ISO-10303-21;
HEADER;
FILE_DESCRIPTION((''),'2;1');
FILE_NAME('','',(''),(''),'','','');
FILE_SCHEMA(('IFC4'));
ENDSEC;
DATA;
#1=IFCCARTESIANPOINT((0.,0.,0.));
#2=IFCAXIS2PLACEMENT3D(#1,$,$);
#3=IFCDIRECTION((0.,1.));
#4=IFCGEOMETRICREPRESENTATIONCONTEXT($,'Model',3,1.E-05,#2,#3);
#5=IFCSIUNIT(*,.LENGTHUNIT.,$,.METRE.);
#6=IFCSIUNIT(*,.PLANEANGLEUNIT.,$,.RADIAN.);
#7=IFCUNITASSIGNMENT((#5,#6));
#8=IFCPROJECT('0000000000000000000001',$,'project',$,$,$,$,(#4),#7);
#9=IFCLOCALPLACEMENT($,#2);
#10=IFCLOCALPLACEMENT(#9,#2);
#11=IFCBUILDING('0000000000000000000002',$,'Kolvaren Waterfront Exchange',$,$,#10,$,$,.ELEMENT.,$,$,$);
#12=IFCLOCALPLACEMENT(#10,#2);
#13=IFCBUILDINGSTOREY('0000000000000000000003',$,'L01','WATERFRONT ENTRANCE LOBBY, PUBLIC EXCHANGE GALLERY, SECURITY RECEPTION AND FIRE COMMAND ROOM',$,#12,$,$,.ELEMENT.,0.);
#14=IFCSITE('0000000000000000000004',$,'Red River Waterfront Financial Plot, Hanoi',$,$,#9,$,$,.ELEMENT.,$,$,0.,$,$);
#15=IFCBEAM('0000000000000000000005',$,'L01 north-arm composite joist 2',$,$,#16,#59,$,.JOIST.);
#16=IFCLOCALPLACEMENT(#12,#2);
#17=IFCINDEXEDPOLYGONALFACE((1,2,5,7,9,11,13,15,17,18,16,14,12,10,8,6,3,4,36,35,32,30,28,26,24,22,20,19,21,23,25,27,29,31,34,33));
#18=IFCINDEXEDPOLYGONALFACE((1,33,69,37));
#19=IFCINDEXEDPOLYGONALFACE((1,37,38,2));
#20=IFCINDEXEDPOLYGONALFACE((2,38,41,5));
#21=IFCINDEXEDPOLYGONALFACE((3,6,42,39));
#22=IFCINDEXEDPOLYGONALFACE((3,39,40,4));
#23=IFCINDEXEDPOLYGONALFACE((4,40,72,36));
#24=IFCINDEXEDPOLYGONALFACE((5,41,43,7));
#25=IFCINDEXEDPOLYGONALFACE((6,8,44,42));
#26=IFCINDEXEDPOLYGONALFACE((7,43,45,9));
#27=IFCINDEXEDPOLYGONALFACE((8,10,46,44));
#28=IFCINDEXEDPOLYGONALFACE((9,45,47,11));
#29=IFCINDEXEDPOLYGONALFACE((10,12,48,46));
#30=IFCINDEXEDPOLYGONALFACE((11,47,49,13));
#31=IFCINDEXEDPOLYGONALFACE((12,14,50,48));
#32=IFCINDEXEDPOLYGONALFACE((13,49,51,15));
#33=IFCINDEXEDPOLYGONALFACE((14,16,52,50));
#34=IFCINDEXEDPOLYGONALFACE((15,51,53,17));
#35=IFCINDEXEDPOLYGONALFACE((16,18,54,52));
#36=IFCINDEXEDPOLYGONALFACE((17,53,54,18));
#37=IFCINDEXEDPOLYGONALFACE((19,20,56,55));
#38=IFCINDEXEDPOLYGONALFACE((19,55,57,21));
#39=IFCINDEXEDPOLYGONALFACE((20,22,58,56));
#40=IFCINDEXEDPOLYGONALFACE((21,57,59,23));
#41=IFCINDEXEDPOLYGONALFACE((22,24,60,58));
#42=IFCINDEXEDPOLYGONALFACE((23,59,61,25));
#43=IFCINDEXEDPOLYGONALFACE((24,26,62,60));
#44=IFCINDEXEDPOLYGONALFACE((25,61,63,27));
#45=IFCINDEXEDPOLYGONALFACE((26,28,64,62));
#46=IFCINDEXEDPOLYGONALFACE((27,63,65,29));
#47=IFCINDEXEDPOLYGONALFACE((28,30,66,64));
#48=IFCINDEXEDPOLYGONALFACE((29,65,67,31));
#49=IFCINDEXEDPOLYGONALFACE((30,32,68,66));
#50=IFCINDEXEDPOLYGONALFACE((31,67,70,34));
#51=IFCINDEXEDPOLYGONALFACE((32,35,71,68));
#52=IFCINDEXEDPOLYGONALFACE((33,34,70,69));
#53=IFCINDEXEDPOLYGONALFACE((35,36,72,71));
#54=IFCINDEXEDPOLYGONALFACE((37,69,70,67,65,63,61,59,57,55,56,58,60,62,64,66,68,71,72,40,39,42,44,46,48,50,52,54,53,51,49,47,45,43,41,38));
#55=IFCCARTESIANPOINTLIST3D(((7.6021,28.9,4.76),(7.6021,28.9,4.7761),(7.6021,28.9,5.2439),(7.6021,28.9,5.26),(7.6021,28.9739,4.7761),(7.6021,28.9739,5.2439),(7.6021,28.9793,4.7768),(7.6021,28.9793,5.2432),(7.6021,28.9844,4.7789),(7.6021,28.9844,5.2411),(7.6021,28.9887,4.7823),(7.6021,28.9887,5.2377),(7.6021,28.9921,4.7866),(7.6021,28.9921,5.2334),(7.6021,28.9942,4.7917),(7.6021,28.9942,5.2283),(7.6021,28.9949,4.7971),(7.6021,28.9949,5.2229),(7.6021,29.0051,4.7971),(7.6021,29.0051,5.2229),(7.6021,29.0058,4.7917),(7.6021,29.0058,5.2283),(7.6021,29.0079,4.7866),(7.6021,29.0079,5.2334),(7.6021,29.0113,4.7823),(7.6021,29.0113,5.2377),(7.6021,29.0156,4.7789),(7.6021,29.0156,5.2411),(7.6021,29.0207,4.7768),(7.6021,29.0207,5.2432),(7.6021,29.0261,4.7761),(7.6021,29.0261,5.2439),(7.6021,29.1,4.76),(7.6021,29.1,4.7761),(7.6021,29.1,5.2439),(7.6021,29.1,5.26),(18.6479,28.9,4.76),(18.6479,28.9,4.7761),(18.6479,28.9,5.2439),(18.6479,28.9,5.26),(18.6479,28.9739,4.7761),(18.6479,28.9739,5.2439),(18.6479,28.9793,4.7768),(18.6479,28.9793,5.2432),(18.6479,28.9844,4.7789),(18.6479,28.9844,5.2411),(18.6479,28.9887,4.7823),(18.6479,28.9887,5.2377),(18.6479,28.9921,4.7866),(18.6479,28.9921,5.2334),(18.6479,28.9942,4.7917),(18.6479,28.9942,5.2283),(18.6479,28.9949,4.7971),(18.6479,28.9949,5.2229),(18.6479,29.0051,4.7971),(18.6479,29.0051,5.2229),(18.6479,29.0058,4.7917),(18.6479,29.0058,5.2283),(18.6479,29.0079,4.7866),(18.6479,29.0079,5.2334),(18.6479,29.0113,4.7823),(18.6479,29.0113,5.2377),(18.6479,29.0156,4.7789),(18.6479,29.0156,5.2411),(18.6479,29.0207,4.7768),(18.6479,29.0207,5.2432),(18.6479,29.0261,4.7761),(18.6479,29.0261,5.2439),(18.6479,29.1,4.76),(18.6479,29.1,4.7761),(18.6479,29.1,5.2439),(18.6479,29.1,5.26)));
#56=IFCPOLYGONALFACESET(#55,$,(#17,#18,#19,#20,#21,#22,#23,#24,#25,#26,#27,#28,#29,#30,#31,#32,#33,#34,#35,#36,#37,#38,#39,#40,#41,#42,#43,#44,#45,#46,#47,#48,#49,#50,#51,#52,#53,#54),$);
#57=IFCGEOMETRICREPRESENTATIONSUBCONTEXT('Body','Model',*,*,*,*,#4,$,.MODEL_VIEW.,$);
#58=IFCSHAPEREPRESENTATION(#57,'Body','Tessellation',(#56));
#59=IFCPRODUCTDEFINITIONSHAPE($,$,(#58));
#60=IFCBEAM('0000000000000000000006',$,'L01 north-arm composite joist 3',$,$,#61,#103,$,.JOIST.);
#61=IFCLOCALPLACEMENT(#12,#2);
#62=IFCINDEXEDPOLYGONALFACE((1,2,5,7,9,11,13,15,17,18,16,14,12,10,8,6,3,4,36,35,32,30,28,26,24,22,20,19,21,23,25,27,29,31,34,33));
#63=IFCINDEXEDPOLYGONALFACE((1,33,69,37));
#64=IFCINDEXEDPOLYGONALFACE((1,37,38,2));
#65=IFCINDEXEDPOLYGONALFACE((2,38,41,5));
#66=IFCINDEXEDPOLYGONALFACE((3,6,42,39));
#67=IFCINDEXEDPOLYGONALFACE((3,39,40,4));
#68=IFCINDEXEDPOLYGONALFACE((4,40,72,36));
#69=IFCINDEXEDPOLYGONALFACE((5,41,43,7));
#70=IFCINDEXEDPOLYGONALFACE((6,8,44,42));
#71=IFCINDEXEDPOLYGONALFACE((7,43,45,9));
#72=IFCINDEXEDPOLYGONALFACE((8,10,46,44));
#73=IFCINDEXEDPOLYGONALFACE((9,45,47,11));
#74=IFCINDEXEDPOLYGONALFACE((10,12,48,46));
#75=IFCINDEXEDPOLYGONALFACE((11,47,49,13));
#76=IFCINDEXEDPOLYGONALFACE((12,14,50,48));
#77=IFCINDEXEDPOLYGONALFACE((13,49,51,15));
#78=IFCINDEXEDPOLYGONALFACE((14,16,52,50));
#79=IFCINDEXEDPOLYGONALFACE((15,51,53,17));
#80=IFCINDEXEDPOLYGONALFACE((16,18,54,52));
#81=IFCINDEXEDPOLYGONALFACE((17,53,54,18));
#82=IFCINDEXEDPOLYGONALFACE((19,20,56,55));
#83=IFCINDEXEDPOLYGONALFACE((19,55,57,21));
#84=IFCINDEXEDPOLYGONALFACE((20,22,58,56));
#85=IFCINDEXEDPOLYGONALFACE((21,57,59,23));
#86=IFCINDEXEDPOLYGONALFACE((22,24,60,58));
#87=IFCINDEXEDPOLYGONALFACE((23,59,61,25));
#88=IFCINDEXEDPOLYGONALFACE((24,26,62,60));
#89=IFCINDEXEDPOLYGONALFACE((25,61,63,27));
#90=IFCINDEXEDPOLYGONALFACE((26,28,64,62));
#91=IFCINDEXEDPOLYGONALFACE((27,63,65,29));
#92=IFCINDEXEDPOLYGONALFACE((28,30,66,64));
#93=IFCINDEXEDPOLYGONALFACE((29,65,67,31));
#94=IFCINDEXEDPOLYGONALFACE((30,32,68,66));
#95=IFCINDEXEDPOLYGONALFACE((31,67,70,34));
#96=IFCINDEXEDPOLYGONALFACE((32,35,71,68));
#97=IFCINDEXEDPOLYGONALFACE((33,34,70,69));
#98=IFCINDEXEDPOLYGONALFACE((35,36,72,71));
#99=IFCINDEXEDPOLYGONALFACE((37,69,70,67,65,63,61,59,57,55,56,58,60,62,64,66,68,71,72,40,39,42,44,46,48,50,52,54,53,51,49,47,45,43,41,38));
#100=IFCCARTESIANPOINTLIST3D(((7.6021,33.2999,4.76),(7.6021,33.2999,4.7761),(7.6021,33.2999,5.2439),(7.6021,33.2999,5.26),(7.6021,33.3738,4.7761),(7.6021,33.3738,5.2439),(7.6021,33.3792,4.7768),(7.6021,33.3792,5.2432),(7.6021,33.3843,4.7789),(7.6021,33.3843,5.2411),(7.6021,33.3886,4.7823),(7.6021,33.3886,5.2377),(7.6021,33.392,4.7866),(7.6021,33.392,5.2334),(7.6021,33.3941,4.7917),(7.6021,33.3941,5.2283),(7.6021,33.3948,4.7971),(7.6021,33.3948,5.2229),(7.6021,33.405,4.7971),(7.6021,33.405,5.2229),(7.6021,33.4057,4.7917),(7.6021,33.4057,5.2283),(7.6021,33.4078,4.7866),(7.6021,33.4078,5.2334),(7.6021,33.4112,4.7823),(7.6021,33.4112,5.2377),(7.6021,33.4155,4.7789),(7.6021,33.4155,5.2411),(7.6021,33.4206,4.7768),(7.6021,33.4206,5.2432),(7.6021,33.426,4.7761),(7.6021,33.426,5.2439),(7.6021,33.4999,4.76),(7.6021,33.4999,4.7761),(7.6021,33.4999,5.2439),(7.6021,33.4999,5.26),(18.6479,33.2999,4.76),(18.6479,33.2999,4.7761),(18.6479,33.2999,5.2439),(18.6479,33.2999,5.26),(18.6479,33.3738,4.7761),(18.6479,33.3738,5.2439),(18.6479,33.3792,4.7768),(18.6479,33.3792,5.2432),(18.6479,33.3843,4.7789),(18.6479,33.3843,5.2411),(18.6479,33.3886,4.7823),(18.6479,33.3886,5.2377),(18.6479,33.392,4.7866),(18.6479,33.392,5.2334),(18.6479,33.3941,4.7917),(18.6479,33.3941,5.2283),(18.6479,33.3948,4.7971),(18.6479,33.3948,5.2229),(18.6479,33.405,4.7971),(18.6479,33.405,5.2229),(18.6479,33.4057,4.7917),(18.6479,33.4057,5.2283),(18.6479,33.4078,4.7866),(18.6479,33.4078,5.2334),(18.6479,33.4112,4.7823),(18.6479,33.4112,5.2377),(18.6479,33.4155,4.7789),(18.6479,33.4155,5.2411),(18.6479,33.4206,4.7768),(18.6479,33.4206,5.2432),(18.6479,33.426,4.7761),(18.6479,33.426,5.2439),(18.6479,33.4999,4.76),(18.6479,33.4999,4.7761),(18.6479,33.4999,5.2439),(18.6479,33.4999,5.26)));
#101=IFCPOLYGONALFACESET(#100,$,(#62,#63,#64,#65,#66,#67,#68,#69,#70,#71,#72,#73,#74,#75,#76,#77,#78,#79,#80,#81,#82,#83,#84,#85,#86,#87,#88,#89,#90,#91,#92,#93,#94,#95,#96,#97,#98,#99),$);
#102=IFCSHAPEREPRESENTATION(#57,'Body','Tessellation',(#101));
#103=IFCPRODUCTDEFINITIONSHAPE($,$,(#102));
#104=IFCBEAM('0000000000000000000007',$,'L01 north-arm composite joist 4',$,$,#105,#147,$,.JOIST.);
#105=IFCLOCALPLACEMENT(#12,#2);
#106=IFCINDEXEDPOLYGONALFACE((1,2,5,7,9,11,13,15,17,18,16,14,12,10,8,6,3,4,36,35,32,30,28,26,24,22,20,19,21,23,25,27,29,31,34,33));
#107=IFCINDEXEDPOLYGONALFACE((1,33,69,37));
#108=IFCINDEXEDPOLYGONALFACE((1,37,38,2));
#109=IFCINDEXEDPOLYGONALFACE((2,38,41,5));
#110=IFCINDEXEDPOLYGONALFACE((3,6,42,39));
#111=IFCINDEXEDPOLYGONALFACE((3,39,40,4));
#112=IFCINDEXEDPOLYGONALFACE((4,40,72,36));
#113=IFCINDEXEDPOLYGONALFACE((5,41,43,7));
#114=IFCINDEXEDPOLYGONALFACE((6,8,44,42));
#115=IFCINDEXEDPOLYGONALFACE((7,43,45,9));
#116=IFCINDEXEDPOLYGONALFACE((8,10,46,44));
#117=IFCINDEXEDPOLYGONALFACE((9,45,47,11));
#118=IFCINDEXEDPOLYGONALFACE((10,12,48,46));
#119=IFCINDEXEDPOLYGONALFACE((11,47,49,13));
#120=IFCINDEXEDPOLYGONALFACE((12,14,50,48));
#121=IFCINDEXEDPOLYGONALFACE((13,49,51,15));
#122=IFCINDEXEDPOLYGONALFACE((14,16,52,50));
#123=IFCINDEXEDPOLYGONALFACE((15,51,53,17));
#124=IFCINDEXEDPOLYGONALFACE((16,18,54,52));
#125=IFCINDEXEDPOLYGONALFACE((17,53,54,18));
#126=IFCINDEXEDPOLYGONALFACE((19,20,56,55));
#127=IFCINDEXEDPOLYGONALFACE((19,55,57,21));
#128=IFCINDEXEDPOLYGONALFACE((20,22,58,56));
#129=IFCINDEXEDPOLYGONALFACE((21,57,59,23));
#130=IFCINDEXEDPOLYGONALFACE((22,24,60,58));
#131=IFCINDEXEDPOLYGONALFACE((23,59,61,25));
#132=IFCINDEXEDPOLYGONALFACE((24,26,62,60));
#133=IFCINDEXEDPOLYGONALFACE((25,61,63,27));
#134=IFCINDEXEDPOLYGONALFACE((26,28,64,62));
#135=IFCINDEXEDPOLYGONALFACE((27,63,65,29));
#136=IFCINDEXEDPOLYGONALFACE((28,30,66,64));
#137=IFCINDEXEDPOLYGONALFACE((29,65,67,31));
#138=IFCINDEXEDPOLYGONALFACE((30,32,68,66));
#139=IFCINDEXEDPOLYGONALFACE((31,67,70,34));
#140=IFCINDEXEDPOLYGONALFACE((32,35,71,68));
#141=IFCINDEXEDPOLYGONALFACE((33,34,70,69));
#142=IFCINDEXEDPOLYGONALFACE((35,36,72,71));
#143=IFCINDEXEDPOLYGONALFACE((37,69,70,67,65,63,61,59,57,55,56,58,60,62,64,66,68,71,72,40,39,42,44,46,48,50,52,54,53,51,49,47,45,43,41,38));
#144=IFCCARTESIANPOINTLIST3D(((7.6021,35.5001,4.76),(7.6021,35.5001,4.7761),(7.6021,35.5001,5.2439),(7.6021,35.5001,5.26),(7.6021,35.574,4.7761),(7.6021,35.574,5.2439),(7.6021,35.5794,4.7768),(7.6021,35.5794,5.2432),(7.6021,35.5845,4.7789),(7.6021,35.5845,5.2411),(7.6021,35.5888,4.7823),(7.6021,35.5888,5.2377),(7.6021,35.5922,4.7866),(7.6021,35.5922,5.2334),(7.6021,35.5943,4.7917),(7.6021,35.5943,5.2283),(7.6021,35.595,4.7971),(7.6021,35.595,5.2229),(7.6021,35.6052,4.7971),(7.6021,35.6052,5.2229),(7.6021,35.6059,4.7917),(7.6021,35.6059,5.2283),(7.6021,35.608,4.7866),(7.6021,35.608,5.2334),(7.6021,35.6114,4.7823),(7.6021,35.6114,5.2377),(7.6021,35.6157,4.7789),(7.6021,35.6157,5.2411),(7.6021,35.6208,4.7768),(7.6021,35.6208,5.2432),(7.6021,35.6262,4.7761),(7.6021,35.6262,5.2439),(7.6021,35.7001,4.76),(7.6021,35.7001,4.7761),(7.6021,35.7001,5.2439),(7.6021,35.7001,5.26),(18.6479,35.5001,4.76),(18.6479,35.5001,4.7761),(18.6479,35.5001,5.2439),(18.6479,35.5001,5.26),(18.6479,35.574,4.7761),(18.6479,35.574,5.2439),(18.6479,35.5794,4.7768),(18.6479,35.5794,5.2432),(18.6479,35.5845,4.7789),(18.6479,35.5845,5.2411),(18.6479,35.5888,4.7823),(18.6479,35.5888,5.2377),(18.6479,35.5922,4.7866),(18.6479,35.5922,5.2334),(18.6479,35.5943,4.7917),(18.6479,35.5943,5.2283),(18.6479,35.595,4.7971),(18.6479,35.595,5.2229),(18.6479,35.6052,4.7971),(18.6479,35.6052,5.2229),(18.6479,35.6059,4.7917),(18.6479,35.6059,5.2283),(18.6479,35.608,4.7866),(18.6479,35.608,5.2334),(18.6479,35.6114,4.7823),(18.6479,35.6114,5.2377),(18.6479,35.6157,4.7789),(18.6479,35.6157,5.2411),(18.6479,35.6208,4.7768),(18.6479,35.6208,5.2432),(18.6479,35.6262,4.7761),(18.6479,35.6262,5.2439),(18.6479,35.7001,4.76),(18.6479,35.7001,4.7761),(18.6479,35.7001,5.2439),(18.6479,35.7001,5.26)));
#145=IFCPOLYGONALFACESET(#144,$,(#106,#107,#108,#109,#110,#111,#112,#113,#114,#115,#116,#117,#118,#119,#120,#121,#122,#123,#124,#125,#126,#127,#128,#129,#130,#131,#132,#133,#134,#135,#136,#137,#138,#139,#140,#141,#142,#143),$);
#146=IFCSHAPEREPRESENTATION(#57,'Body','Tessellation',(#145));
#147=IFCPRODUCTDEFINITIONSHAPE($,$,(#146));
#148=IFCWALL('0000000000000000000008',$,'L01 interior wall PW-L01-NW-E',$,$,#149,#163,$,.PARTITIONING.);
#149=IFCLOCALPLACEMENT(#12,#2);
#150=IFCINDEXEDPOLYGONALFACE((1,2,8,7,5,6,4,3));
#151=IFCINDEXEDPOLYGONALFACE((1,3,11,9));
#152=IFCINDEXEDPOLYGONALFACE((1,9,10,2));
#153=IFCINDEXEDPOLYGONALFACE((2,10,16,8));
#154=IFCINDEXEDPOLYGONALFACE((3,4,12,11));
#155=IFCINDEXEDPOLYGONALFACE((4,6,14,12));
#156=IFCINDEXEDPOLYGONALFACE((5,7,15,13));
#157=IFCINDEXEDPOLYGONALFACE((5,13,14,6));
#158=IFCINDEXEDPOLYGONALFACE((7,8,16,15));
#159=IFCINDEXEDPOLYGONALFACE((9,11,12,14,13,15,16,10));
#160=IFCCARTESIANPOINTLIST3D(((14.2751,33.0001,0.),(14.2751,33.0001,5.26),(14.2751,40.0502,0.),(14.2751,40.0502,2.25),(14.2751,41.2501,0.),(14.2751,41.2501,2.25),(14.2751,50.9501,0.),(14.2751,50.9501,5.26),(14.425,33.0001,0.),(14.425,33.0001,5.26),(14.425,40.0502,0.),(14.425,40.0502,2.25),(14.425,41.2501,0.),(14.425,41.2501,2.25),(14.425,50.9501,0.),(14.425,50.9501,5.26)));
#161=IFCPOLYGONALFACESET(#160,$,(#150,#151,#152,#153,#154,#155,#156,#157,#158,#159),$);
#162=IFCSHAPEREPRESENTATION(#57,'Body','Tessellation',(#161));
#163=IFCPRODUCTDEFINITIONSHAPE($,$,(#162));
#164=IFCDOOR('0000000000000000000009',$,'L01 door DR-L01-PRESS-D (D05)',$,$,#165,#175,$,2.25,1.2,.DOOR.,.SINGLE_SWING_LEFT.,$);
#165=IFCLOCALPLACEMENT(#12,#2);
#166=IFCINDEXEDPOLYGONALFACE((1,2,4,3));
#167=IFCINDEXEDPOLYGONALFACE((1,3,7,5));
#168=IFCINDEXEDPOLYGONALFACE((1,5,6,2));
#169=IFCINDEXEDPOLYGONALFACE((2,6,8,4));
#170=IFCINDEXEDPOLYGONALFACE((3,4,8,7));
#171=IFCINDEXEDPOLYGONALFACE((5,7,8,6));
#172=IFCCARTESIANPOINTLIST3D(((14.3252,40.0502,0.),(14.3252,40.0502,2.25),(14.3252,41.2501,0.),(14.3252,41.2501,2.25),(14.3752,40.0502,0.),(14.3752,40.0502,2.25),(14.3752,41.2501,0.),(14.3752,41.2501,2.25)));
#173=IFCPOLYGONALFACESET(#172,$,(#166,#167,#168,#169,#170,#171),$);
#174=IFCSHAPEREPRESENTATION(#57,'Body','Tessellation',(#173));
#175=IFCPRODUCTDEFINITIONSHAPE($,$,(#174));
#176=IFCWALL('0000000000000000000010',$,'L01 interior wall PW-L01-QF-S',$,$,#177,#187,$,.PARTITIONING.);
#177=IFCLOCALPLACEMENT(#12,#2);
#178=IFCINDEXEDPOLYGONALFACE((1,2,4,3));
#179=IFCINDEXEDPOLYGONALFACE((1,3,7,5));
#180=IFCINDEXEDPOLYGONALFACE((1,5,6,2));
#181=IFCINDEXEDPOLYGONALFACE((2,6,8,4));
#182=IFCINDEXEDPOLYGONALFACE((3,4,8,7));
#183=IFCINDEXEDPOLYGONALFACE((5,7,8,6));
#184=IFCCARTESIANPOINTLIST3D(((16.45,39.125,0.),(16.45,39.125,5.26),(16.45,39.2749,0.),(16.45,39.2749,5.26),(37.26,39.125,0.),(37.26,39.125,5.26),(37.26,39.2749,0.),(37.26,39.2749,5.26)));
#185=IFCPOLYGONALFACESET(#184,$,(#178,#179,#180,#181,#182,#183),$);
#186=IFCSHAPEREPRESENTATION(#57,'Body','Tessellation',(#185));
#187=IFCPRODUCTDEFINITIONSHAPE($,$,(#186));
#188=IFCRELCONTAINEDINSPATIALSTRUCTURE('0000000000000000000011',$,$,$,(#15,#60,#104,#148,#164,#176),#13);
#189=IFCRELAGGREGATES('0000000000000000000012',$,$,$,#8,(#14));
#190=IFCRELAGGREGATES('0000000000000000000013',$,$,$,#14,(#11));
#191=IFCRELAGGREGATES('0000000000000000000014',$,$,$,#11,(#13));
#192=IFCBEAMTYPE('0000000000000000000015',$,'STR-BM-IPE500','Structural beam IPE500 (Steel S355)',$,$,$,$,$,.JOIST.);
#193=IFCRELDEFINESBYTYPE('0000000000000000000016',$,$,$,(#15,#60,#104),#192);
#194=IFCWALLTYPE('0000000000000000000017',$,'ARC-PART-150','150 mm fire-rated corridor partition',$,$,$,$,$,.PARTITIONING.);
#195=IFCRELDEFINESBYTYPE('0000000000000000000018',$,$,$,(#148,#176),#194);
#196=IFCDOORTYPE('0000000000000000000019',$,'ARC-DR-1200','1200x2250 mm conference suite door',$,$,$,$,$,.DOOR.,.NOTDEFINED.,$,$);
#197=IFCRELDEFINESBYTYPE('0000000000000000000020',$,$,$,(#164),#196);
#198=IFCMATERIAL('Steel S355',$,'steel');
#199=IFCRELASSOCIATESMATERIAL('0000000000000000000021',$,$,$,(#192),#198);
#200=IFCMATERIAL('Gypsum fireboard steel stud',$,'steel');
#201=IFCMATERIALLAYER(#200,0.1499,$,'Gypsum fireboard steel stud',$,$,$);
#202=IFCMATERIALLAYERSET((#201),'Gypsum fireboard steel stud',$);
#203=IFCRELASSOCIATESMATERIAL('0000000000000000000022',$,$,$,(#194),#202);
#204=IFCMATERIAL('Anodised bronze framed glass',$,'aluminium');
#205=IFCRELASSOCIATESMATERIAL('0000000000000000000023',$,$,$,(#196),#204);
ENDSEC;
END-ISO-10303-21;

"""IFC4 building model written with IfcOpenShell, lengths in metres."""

from ifc_helpers import new_model, si_unit, direction, frame, frame_2d, origin, origin_2d, place, context, subcontext, project, spatial, rectangle, i_section, extrude, material, layer, layer_set, material_profile, profile_set, type_object, element, fill, save


model = new_model("IFC4")

# Units and contexts
model_context = context("Model", 3, precision=1e-05, world=origin(), true_north=direction((0.0, 1.0)))
body_context = subcontext(model_context, "Body", "Model", "MODEL_VIEW")
ifc_project = project(units=[si_unit("LENGTHUNIT", "METRE"), si_unit("PLANEANGLEUNIT", "RADIAN")], contexts=[model_context])

# Site, building, storey
site_placement = place(None, origin())
site = spatial("IfcSite", under=ifc_project, at=site_placement, Name="Red River Waterfront Financial Plot, Hanoi", CompositionType="ELEMENT", RefElevation=0.0)
building_placement = place(site_placement, origin())
building = spatial("IfcBuilding", under=site, at=building_placement, Name="Kolvaren Waterfront Exchange", CompositionType="ELEMENT")
storey_placement = place(building_placement, origin())
storey = spatial("IfcBuildingStorey", under=building, at=storey_placement, Name="L01", Description="WATERFRONT ENTRANCE LOBBY, PUBLIC EXCHANGE GALLERY, SECURITY RECEPTION AND FIRE COMMAND ROOM", CompositionType="ELEMENT", Elevation=0.0)

# Beams
ifc_material_1 = material(Name="Steel S355", Category="steel")
ifc_material_profile_1 = material_profile(ifc_material_1, i_section(OverallWidth=0.2, OverallDepth=0.5, WebThickness=0.0103, FlangeThickness=0.0161, FilletRadius=0.021, at=origin_2d()), Name="IPE500")
ifc_profile_set_1 = profile_set([ifc_material_profile_1], Name="Steel S355")
beam_type_1 = type_object("IfcBeamType", Name="STR-BM-IPE500", Description="Structural beam IPE500 (Steel S355)", PredefinedType="JOIST", material=ifc_profile_set_1)
for number, where, z_axis, x_axis, name in (
    (1, (7.6021, 29.0, 5.01), (1.0, 0.0, 0.0), (0.0, 1.0, 0.0), "L01 north-arm composite joist 2"),
    (2, (7.6021, 33.3999, 5.01), (1.0, 0.0, 0.0), (0.0, 1.0, 0.0), "L01 north-arm composite joist 3"),
    (3, (7.6021, 35.6001, 5.01), (1.0, 0.0, 0.0), (0.0, 1.0, 0.0), "L01 north-arm composite joist 4"),
):
    element("IfcBeam", number, at=place(storey_placement, frame(where, z_axis=z_axis, x_axis=x_axis)), inside=storey, type_object=beam_type_1, Name=name, PredefinedType="JOIST", context=body_context, shape_type="SweptSolid", body=[
        extrude(i_section(OverallWidth=0.2, OverallDepth=0.5, WebThickness=0.0103, FlangeThickness=0.0161, FilletRadius=0.021, at=origin_2d()), origin(), (0.0, 0.0, 1.0), 11.0459),
    ])

# Wall, opening, door
ifc_material_2 = material(Name="Gypsum fireboard steel stud", Category="steel")
ifc_layer_1 = layer(ifc_material_2, 0.1499, Name="Gypsum fireboard steel stud")
ifc_layer_set_1 = layer_set([ifc_layer_1], Name="Gypsum fireboard steel stud")
wall_type_1 = type_object("IfcWallType", Name="ARC-PART-150", Description="150 mm fire-rated corridor partition", PredefinedType="PARTITIONING", material=ifc_layer_set_1)
wall_1_placement = place(storey_placement, frame((14.3501, 33.0, 0.0), z_axis=(0.0, 0.0, 1.0), x_axis=(0.0, 1.0, 0.0)))
wall_1 = element("IfcWall", 4, at=wall_1_placement, inside=storey, type_object=wall_type_1, Name="L01 interior wall PW-L01-NW-E", PredefinedType="PARTITIONING", context=body_context, shape_type="SweptSolid", body=[
    extrude(rectangle(XDim=17.95, YDim=0.1499, at=frame_2d((8.9751, 0.0))), origin(), (0.0, 0.0, 1.0), 5.26),
])
opening_1_placement = place(wall_1_placement, frame((7.05, 0.0, 0.0)))
opening_1 = element("IfcOpeningElement", 5, at=opening_1_placement, cuts=wall_1, PredefinedType="OPENING", context=body_context, shape_type="SweptSolid", body=[
    extrude(rectangle(XDim=1.2, YDim=2.25, at=frame_2d((0.6001, 1.125))), frame((0.0, 0.085, 0.0), z_axis=(0.0, -1.0, 0.0), x_axis=(1.0, 0.0, 0.0)), (0.0, 0.0, 1.0), 0.1699),
])
ifc_material_3 = material(Name="Anodised bronze framed glass", Category="aluminium")
door_type_1 = type_object("IfcDoorType", Name="ARC-DR-1200", Description="1200x2250 mm conference suite door", OperationType="NOTDEFINED", PredefinedType="DOOR", material=ifc_material_3)
door_1_placement = place(opening_1_placement, origin())
door_1 = element("IfcDoor", 6, at=door_1_placement, inside=storey, type_object=door_type_1, Name="L01 door DR-L01-PRESS-D (D05)", OperationType="SINGLE_SWING_LEFT", OverallHeight=2.25, OverallWidth=1.2, PredefinedType="DOOR", context=body_context, shape_type="SweptSolid", body=[
    extrude(rectangle(XDim=1.2, YDim=2.25, at=frame_2d((0.6001, 1.125))), frame((0.0, 0.0249, 0.0), z_axis=(0.0, -1.0, 0.0), x_axis=(1.0, 0.0, 0.0)), (0.0, 0.0, 1.0), 0.05),
])
fill(opening_1, door_1)

# Wall
wall_2_placement = place(storey_placement, frame((16.45, 39.2, 0.0), z_axis=(0.0, 0.0, 1.0), x_axis=(1.0, 0.0, 0.0)))
element("IfcWall", 7, at=wall_2_placement, inside=storey, type_object=wall_type_1, Name="L01 interior wall PW-L01-QF-S", PredefinedType="PARTITIONING", context=body_context, shape_type="SweptSolid", body=[
    extrude(rectangle(XDim=20.8101, YDim=0.1499, at=frame_2d((10.405, 0.0))), origin(), (0.0, 0.0, 1.0), 5.26),
])

save(model, "model.ifc")
